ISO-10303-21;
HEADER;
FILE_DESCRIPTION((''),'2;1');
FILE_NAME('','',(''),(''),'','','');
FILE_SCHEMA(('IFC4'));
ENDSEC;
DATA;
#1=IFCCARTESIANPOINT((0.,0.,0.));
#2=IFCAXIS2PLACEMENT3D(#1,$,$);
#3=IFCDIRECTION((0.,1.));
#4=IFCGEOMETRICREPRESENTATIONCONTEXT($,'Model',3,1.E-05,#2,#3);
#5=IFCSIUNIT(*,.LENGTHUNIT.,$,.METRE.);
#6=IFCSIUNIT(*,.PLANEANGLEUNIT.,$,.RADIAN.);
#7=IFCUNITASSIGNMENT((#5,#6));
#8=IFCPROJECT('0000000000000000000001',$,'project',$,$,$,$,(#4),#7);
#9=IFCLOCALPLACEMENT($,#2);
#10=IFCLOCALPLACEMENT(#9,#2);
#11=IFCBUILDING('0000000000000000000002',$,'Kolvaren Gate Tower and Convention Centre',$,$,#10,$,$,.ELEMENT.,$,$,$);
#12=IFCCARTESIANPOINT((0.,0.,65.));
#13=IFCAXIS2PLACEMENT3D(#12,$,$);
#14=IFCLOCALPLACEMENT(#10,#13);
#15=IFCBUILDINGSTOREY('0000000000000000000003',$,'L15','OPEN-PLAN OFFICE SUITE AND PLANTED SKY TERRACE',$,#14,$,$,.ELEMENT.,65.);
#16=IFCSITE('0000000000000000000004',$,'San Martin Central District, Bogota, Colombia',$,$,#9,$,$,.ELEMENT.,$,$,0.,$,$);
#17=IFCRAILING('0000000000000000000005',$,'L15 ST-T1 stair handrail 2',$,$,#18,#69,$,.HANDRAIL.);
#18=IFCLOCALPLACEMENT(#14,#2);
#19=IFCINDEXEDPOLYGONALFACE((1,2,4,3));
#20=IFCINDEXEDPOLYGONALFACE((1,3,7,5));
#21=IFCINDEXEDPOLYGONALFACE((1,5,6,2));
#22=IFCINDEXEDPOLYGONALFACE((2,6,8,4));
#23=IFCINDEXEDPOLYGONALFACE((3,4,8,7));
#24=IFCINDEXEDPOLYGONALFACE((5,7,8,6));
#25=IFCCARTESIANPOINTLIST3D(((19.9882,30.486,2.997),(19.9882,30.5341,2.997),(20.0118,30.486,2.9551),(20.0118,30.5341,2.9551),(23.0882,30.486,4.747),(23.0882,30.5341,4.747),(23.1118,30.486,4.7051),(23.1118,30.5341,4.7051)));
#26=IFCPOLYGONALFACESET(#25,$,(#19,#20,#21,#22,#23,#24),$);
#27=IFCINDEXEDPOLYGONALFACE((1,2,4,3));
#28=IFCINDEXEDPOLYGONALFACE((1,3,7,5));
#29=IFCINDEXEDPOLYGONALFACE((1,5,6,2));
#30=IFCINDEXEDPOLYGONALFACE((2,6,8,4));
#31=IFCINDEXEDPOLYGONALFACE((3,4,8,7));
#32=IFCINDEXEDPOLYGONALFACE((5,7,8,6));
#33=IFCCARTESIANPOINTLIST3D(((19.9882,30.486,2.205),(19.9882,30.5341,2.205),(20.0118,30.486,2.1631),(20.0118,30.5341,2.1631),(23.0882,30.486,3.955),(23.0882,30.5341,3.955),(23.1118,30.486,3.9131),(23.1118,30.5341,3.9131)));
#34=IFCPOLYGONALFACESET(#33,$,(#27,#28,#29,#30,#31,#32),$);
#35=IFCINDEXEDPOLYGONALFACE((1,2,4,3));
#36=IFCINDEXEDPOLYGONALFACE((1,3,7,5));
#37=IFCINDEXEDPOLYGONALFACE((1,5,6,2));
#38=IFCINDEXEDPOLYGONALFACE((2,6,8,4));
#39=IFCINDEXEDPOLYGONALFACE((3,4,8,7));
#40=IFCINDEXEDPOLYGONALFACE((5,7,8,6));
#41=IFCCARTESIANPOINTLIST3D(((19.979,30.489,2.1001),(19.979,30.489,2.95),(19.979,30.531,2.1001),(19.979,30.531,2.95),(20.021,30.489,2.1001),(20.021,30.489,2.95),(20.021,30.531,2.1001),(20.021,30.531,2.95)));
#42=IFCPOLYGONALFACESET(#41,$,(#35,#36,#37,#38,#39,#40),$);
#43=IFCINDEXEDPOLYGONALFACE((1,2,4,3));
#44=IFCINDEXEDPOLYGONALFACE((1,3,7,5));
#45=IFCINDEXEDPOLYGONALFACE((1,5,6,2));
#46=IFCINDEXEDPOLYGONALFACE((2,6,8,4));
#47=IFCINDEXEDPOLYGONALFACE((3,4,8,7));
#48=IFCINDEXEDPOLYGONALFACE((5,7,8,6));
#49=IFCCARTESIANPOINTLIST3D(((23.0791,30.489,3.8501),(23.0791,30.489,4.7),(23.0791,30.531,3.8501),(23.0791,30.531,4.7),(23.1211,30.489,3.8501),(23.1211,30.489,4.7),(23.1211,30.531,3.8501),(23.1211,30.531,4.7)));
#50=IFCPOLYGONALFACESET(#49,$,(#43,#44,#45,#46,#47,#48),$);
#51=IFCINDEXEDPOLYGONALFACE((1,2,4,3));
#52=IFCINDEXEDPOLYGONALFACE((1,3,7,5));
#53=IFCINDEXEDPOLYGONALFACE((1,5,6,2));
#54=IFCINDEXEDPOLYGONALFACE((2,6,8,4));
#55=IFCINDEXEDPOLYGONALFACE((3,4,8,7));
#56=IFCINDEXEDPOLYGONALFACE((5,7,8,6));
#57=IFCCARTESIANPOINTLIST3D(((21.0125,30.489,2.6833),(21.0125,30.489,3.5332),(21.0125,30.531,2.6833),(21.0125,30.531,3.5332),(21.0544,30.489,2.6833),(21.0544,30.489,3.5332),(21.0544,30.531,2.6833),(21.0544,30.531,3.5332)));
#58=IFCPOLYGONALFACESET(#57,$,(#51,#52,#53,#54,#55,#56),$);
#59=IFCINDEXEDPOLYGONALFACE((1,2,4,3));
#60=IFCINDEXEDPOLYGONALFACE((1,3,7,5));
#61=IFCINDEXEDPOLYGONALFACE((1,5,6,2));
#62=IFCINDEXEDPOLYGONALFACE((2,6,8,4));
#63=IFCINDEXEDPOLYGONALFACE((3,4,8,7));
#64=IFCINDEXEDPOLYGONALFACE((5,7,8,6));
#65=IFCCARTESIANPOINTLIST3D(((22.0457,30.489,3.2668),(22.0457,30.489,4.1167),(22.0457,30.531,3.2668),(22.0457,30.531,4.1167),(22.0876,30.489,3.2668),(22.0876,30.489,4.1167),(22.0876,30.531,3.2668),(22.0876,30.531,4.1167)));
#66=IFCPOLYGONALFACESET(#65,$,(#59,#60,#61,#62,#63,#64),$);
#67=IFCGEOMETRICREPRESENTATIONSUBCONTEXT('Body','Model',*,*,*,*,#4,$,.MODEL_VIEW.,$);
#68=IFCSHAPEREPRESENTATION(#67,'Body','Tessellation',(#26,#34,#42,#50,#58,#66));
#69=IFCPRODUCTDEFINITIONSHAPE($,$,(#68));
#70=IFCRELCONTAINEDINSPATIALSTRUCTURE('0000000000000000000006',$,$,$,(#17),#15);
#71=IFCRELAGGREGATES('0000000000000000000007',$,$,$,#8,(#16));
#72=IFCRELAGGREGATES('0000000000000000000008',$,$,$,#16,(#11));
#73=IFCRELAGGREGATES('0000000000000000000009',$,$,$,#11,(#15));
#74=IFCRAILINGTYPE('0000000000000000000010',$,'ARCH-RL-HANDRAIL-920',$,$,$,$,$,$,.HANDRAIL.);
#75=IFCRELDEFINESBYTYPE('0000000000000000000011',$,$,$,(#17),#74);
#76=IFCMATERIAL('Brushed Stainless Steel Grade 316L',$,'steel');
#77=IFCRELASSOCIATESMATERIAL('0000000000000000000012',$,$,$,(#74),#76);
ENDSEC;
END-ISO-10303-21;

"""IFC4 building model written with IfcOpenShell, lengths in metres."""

from ifc_helpers import new_model, si_unit, direction, frame, origin, origin_2d, place, context, subcontext, project, spatial, rectangle, extrude, material, type_object, element, save


model = new_model("IFC4")

# Units and contexts
model_context = context("Model", 3, precision=1e-05, world=origin(), true_north=direction((0.0, 1.0)))
body_context = subcontext(model_context, "Body", "Model", "MODEL_VIEW")
ifc_project = project(units=[si_unit("LENGTHUNIT", "METRE"), si_unit("PLANEANGLEUNIT", "RADIAN")], contexts=[model_context])

# Site, building, storey
site_placement = place(None, origin())
site = spatial("IfcSite", under=ifc_project, at=site_placement, Name="San Martin Central District, Bogota, Colombia", CompositionType="ELEMENT", RefElevation=0.0)
building_placement = place(site_placement, origin())
building = spatial("IfcBuilding", under=site, at=building_placement, Name="Kolvaren Gate Tower and Convention Centre", CompositionType="ELEMENT")
storey_placement = place(building_placement, frame((0.0, 0.0, 65.0)))
storey = spatial("IfcBuildingStorey", under=building, at=storey_placement, Name="L15", Description="OPEN-PLAN OFFICE SUITE AND PLANTED SKY TERRACE", CompositionType="ELEMENT", Elevation=65.0)

# Shared definitions
ifc_material_1 = material(Name="Brushed Stainless Steel Grade 316L", Category="steel")

# Railing
railing_type_1 = type_object("IfcRailingType", Name="ARCH-RL-HANDRAIL-920", PredefinedType="HANDRAIL", material=ifc_material_1)
railing_1_placement = place(storey_placement, frame((20.0, 30.51, 2.1001)))
element("IfcRailing", 1, at=railing_1_placement, inside=storey, type_object=railing_type_1, Name="L15 ST-T1 stair handrail 2", PredefinedType="HANDRAIL", context=body_context, shape_type="SweptSolid", body=[
    extrude(rectangle(XDim=0.0481, YDim=0.0481, at=origin_2d()), frame((0.0, 0.0, 0.876), z_axis=(0.870831, 0.0, 0.491583), x_axis=(0.0, 1.0, 0.0)), (0.0, 0.0, 1.0), 3.5598),
    extrude(rectangle(XDim=0.0481, YDim=0.0481, at=origin_2d()), frame((0.0, 0.0, 0.084), z_axis=(0.870831, 0.0, 0.491583), x_axis=(0.0, 1.0, 0.0)), (0.0, 0.0, 1.0), 3.5598),
    extrude(rectangle(XDim=0.042, YDim=0.042, at=origin_2d()), origin(), (0.0, 0.0, 1.0), 0.8499),
    extrude(rectangle(XDim=0.042, YDim=0.042, at=origin_2d()), frame((3.1001, 0.0, 1.75)), (0.0, 0.0, 1.0), 0.8499),
    extrude(rectangle(XDim=0.042, YDim=0.042, at=origin_2d()), frame((1.0334, 0.0, 0.5833)), (0.0, 0.0, 1.0), 0.8499),
    extrude(rectangle(XDim=0.042, YDim=0.042, at=origin_2d()), frame((2.0667, 0.0, 1.1667)), (0.0, 0.0, 1.0), 0.8499),
])

save(model, "model.ifc")
